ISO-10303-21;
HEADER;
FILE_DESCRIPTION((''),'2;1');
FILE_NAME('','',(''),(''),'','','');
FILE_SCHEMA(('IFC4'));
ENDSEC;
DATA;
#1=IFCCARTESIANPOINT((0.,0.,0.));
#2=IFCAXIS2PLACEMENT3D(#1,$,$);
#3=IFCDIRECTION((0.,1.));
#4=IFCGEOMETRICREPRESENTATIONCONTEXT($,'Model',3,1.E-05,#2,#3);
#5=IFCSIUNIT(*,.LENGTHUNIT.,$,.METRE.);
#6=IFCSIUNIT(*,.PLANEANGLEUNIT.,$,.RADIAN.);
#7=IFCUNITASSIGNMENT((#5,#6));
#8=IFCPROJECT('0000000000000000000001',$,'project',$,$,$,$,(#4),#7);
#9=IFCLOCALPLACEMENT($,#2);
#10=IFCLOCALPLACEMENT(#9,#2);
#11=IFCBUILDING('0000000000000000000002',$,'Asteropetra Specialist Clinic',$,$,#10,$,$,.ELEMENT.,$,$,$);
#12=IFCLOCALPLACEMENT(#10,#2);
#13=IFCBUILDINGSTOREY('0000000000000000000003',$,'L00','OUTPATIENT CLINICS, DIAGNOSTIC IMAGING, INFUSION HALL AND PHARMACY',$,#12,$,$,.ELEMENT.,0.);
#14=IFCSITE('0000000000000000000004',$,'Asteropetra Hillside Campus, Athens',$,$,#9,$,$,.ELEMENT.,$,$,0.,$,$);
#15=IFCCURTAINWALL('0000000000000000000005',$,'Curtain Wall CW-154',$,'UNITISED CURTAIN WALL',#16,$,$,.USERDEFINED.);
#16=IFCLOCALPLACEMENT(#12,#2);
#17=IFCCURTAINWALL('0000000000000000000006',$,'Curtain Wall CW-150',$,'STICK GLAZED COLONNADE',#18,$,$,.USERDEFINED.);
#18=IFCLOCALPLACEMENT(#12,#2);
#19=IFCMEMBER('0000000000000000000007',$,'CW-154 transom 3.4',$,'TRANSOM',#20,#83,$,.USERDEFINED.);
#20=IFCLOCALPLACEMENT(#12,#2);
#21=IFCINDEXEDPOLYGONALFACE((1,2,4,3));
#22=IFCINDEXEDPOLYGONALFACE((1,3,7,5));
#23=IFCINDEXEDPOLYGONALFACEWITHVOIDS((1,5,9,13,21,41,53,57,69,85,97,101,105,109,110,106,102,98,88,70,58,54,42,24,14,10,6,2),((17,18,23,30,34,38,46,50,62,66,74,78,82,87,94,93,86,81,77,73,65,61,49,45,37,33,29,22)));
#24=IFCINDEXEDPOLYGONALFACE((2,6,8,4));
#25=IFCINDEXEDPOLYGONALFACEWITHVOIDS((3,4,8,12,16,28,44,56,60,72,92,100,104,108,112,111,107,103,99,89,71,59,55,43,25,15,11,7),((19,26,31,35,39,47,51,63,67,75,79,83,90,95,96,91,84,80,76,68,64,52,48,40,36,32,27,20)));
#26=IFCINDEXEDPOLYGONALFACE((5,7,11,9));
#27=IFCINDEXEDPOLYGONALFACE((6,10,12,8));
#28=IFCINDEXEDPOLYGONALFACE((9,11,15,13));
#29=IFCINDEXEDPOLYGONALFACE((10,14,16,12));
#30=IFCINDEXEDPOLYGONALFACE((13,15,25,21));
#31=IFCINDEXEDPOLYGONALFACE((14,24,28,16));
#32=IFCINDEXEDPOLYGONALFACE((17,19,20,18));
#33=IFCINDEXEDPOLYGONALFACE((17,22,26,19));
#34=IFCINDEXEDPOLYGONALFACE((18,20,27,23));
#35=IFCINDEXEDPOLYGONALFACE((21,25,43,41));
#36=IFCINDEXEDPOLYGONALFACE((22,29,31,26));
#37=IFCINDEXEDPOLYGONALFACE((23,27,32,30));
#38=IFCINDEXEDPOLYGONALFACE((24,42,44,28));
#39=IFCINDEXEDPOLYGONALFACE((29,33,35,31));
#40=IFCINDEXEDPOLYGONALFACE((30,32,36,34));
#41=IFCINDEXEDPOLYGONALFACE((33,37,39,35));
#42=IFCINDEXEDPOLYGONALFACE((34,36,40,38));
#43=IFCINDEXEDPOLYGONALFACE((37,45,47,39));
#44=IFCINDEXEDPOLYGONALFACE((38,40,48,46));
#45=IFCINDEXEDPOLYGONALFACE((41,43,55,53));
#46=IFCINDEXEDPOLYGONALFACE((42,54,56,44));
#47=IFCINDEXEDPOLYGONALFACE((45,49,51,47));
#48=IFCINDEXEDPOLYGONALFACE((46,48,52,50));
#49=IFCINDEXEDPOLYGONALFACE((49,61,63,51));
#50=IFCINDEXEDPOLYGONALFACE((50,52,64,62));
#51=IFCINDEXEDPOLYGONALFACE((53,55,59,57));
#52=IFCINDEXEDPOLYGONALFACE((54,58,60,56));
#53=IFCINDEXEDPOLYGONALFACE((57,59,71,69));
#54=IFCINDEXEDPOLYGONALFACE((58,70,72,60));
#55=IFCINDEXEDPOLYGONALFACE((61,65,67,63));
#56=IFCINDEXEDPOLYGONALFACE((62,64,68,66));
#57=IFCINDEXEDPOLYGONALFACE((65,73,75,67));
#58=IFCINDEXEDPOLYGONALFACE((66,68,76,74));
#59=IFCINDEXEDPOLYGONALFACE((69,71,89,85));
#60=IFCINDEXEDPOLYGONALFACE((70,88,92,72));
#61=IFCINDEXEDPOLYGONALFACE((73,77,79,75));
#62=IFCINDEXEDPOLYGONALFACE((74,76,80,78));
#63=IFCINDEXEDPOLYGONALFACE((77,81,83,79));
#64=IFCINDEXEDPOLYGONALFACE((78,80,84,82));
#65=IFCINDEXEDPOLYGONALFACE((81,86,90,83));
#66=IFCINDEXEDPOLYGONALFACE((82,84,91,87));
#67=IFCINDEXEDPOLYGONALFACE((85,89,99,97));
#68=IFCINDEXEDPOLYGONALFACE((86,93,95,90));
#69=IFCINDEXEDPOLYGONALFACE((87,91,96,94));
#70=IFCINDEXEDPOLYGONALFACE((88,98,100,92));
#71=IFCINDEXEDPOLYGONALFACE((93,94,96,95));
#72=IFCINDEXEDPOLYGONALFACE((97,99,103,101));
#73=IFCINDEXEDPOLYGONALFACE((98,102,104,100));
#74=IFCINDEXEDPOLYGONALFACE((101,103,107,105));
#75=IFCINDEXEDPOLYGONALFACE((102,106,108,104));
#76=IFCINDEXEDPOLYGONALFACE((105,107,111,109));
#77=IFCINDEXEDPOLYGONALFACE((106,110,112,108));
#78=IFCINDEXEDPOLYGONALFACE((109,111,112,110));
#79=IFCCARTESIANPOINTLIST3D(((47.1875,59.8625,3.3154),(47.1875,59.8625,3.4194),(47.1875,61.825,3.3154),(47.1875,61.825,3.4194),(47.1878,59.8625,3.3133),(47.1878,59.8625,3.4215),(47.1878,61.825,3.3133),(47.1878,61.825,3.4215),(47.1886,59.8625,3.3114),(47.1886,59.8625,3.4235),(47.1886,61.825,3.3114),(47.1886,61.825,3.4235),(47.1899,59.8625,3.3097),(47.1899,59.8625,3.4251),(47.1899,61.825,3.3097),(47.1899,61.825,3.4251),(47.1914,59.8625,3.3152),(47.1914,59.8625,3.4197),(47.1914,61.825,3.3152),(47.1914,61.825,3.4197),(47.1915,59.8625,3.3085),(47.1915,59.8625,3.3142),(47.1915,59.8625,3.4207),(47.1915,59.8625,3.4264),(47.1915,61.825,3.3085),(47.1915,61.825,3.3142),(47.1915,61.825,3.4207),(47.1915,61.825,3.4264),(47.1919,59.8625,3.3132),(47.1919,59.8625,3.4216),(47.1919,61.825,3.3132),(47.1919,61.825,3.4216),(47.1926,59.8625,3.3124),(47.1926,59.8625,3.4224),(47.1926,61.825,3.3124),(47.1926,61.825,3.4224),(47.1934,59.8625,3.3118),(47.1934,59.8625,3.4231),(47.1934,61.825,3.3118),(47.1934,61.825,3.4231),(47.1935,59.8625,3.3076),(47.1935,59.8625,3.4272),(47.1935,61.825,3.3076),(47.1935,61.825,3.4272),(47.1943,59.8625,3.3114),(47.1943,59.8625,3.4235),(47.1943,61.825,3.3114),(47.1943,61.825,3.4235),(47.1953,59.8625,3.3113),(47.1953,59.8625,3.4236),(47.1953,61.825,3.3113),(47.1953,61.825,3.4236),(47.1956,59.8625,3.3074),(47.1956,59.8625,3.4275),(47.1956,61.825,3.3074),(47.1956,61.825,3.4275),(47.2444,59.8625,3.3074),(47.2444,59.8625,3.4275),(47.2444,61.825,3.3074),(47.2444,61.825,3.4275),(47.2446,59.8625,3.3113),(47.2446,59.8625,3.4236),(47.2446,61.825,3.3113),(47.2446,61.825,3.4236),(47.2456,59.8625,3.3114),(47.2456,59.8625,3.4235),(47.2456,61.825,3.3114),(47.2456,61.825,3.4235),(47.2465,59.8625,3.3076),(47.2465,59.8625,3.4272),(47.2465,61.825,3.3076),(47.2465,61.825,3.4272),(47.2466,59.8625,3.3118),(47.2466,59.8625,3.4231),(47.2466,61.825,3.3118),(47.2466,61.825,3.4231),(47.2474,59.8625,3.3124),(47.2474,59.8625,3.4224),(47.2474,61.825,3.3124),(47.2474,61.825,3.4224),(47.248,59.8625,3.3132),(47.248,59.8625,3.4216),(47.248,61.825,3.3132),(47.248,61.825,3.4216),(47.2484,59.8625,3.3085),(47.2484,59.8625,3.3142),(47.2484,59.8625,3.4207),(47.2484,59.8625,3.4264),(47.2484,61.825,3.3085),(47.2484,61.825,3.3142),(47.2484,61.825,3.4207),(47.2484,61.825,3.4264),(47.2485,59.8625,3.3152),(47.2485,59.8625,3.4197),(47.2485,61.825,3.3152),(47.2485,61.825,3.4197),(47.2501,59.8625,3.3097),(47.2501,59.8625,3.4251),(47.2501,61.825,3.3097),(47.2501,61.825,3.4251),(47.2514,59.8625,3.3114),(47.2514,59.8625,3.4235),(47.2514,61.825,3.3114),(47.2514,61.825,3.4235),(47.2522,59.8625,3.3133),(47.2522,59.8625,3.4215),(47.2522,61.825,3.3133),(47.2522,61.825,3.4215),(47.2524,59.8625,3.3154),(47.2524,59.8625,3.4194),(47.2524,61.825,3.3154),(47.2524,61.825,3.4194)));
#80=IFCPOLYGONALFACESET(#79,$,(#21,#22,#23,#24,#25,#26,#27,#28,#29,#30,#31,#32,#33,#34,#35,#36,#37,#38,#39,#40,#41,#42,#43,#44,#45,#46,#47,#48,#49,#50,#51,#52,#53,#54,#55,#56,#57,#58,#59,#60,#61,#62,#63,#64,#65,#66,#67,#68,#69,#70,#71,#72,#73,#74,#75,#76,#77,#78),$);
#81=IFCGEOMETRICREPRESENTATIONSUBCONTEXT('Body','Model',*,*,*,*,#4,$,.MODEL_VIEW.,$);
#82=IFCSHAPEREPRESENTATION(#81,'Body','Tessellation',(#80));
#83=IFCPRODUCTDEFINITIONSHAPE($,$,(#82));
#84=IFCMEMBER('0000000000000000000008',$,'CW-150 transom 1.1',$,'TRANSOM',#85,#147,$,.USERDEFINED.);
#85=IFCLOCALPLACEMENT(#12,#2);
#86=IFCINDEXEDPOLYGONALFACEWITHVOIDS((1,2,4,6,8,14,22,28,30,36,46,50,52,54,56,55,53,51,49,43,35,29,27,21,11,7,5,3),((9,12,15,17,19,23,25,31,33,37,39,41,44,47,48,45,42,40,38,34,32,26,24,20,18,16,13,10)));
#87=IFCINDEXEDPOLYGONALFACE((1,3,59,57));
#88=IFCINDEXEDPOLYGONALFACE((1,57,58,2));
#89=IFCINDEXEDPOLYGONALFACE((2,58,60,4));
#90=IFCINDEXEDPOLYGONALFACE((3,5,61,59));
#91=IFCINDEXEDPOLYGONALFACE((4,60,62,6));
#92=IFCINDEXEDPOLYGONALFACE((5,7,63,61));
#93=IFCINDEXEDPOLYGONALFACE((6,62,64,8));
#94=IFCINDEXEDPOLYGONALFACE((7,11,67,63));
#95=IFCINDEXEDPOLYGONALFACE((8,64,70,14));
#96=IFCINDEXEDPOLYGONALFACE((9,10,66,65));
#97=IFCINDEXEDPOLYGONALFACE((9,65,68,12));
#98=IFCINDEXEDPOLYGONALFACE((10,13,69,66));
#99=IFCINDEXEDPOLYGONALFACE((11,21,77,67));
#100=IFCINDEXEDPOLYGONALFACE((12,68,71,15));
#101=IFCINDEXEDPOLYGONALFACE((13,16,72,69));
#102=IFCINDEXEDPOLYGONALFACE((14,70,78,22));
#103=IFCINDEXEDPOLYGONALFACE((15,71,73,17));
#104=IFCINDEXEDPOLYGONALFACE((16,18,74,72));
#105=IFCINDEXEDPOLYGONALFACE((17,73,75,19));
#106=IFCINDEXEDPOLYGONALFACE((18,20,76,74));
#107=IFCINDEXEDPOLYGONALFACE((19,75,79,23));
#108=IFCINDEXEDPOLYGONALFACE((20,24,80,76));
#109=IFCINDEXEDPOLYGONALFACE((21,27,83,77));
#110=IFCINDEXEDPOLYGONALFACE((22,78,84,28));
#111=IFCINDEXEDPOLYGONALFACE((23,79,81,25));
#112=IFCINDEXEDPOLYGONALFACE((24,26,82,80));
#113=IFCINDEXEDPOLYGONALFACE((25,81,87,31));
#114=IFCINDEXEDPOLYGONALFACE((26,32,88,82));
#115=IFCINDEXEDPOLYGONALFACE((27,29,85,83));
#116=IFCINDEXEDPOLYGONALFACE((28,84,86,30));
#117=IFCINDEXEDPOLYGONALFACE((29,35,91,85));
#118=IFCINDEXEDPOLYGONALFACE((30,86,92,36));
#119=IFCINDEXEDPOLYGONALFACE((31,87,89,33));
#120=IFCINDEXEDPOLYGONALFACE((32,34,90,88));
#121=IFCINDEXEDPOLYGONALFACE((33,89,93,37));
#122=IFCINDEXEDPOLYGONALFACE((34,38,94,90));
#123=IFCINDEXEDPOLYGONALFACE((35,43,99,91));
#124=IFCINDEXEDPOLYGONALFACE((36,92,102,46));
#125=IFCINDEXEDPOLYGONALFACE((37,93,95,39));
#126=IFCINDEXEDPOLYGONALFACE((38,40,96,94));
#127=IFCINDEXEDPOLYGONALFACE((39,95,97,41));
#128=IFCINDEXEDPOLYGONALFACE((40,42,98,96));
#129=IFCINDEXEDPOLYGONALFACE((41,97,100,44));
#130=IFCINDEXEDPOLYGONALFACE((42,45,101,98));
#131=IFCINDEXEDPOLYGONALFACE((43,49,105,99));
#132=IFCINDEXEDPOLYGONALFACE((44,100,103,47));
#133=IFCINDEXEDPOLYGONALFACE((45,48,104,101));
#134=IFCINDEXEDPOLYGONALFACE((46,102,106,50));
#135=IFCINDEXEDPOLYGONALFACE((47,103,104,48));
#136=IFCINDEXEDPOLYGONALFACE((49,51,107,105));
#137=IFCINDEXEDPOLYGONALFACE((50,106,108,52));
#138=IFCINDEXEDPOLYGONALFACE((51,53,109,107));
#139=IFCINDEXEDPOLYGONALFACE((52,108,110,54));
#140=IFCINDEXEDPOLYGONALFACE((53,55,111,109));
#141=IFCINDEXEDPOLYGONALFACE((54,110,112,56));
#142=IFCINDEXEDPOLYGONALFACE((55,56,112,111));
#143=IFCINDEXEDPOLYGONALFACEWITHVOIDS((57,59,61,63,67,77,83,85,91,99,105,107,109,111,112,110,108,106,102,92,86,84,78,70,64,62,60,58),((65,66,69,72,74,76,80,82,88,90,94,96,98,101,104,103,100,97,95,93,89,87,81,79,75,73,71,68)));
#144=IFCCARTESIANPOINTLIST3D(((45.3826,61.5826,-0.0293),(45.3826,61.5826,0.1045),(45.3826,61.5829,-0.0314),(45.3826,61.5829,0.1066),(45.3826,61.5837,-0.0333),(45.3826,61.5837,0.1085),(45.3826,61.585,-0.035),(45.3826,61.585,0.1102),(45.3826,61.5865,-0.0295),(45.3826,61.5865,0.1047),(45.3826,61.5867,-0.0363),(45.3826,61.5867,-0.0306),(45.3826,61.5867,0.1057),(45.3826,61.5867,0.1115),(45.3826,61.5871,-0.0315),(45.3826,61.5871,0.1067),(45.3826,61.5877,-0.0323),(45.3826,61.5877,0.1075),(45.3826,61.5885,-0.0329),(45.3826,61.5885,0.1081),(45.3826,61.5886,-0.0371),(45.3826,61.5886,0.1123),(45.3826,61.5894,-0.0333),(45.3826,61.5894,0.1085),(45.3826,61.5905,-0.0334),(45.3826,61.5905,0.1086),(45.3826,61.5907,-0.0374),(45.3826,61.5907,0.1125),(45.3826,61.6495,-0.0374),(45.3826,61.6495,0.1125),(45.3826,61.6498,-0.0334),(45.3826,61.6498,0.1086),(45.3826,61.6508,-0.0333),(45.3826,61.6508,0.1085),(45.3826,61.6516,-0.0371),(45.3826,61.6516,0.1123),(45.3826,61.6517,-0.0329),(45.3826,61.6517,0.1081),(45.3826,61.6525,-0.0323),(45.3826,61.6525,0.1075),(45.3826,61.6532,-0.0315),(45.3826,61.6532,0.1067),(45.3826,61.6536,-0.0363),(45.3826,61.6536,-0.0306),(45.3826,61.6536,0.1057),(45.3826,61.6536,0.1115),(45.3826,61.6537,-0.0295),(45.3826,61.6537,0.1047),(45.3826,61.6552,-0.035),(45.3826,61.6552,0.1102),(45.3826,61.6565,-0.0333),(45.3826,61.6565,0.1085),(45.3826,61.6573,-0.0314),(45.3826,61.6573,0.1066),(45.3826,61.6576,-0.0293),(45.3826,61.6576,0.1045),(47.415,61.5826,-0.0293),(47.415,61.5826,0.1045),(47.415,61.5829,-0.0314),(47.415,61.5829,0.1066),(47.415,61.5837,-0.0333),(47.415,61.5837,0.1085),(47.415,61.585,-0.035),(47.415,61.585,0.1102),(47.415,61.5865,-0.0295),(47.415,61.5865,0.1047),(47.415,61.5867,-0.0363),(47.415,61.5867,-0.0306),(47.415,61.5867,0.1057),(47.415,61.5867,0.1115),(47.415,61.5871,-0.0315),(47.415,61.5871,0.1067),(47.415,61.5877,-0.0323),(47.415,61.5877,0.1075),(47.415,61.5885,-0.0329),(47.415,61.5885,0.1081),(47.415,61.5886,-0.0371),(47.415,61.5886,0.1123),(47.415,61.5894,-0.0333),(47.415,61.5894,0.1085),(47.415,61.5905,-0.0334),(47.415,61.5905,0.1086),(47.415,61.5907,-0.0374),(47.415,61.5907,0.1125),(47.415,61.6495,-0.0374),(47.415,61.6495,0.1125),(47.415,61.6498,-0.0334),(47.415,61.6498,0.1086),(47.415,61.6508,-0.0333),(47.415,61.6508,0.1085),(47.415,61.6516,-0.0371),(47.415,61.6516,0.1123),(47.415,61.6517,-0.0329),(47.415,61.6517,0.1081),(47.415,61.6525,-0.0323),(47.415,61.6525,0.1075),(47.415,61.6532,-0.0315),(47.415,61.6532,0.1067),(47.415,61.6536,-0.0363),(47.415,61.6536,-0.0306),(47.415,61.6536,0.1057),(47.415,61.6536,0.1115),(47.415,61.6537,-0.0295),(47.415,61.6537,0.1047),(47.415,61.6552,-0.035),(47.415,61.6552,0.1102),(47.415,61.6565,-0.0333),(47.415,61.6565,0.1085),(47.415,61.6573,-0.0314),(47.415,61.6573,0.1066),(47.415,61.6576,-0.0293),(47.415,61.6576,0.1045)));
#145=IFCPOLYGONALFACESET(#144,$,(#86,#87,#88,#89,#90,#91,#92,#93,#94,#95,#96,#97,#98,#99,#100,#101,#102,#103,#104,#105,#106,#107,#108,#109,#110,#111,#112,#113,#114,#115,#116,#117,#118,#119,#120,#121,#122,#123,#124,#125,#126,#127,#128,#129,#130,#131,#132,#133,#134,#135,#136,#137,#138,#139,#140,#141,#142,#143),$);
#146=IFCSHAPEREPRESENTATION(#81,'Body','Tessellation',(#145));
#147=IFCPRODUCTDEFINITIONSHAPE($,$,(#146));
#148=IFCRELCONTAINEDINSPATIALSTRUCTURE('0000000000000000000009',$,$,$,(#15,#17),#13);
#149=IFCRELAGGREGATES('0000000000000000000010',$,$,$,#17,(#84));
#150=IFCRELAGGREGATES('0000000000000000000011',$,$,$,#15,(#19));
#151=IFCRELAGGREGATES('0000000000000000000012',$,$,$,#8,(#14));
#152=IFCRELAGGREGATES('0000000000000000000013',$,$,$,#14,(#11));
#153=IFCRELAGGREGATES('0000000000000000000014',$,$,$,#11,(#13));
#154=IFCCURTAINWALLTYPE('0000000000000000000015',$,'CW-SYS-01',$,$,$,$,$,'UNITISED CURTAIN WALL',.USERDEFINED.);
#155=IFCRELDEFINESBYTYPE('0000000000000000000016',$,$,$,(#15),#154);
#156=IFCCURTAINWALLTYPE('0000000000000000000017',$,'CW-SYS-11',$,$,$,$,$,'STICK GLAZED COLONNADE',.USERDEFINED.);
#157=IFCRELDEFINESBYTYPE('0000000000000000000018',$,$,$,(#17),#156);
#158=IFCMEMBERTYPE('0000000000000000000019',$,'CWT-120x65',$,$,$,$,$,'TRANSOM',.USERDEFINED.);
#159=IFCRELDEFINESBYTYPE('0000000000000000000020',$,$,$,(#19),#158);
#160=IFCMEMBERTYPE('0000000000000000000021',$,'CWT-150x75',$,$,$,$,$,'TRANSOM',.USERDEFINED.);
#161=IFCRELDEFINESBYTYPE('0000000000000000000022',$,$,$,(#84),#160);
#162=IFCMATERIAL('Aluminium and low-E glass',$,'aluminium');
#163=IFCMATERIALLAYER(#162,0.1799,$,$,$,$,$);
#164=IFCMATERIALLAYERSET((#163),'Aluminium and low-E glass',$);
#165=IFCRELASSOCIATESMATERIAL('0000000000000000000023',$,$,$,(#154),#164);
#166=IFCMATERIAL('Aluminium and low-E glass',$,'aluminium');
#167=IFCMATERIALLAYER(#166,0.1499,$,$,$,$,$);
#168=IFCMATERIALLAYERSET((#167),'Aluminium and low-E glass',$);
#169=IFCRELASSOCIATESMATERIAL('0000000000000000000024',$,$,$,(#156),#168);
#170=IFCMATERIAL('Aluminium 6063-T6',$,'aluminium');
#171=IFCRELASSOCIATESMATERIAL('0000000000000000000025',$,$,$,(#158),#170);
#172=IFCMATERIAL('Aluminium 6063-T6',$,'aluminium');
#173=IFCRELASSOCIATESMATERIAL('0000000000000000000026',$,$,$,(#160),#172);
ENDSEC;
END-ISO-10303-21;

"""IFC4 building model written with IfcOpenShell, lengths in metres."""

from ifc_helpers import new_model, si_unit, direction, frame, origin, origin_2d, place, context, subcontext, project, spatial, hollow_rectangle, extrude, material, layer, layer_set, material_profile, profile_set, type_object, element, aggregate, save


model = new_model("IFC4")

# Units and contexts
model_context = context("Model", 3, precision=1e-05, world=origin(), true_north=direction((0.0, 1.0)))
body_context = subcontext(model_context, "Body", "Model", "MODEL_VIEW")
ifc_project = project(units=[si_unit("LENGTHUNIT", "METRE"), si_unit("PLANEANGLEUNIT", "RADIAN")], contexts=[model_context])

# Site, building, storey
site_placement = place(None, origin())
site = spatial("IfcSite", under=ifc_project, at=site_placement, Name="Asteropetra Hillside Campus, Athens", CompositionType="ELEMENT", RefElevation=0.0)
building_placement = place(site_placement, origin())
building = spatial("IfcBuilding", under=site, at=building_placement, Name="Asteropetra Specialist Clinic", CompositionType="ELEMENT")
storey_placement = place(building_placement, origin())
storey = spatial("IfcBuildingStorey", under=building, at=storey_placement, Name="L00", Description="OUTPATIENT CLINICS, DIAGNOSTIC IMAGING, INFUSION HALL AND PHARMACY", CompositionType="ELEMENT", Elevation=0.0)

# Curtain wall
ifc_material_1 = material(Name="Aluminium and low-E glass", Category="aluminium")
ifc_layer_1 = layer(ifc_material_1, 0.1799)
ifc_layer_set_1 = layer_set([ifc_layer_1], Name="Aluminium and low-E glass")
curtain_wall_type_1 = type_object("IfcCurtainWallType", Name="CW-SYS-01", ElementType="UNITISED CURTAIN WALL", PredefinedType="USERDEFINED", material=ifc_layer_set_1)
curtain_wall_1_placement = place(storey_placement, origin())
curtain_wall_1 = element("IfcCurtainWall", 1, at=curtain_wall_1_placement, inside=storey, type_object=curtain_wall_type_1, Name="Curtain Wall CW-154", ObjectType="UNITISED CURTAIN WALL", PredefinedType="USERDEFINED")

# Curtain wall
ifc_material_2 = material(Name="Aluminium and low-E glass", Category="aluminium")
ifc_layer_2 = layer(ifc_material_2, 0.1499)
ifc_layer_set_2 = layer_set([ifc_layer_2], Name="Aluminium and low-E glass")
curtain_wall_type_2 = type_object("IfcCurtainWallType", Name="CW-SYS-11", ElementType="STICK GLAZED COLONNADE", PredefinedType="USERDEFINED", material=ifc_layer_set_2)
curtain_wall_2_placement = place(storey_placement, origin())
curtain_wall_2 = element("IfcCurtainWall", 2, at=curtain_wall_2_placement, inside=storey, type_object=curtain_wall_type_2, Name="Curtain Wall CW-150", ObjectType="STICK GLAZED COLONNADE", PredefinedType="USERDEFINED")

# Members
ifc_material_3 = material(Name="Aluminium 6063-T6", Category="aluminium")
ifc_material_profile_1 = material_profile(ifc_material_3, hollow_rectangle(XDim=0.0649, YDim=0.1201, WallThickness=0.0039, InnerFilletRadius=0.0039, OuterFilletRadius=0.0081, at=origin_2d()), Name="TRN 120x65x4.0")
ifc_profile_set_1 = profile_set([ifc_material_profile_1], Name="Aluminium 6063-T6")
member_type_1 = type_object("IfcMemberType", Name="CWT-120x65", ElementType="TRANSOM", PredefinedType="USERDEFINED", material=ifc_profile_set_1)
member_1_placement = place(storey_placement, frame((47.22, 59.8625, 3.3674), z_axis=(0.0, 1.0, 0.0), x_axis=(-1.0, 0.0, 0.0)))
member_1 = element("IfcMember", 3, at=member_1_placement, type_object=member_type_1, Name="CW-154 transom 3.4", ObjectType="TRANSOM", PredefinedType="USERDEFINED", context=body_context, shape_type="SweptSolid", body=[
    extrude(hollow_rectangle(XDim=0.0649, YDim=0.1201, WallThickness=0.0039, InnerFilletRadius=0.0039, OuterFilletRadius=0.0081, at=origin_2d()), origin(), (0.0, 0.0, 1.0), 1.9624),
])
ifc_material_4 = material(Name="Aluminium 6063-T6", Category="aluminium")
ifc_material_profile_2 = material_profile(ifc_material_4, hollow_rectangle(XDim=0.075, YDim=0.1499, WallThickness=0.0039, InnerFilletRadius=0.0039, OuterFilletRadius=0.0081, at=origin_2d()), Name="TRN 150x75x4.0")
ifc_profile_set_2 = profile_set([ifc_material_profile_2], Name="Aluminium 6063-T6")
member_type_2 = type_object("IfcMemberType", Name="CWT-150x75", ElementType="TRANSOM", PredefinedType="USERDEFINED", material=ifc_profile_set_2)
member_2_placement = place(storey_placement, frame((47.415, 61.6201, 0.0376), z_axis=(-1.0, 0.0, 0.0), x_axis=(0.0, -1.0, 0.0)))
member_2 = element("IfcMember", 4, at=member_2_placement, type_object=member_type_2, Name="CW-150 transom 1.1", ObjectType="TRANSOM", PredefinedType="USERDEFINED", context=body_context, shape_type="SweptSolid", body=[
    extrude(hollow_rectangle(XDim=0.075, YDim=0.1499, WallThickness=0.0039, InnerFilletRadius=0.0039, OuterFilletRadius=0.0081, at=origin_2d()), origin(), (0.0, 0.0, 1.0), 2.0325),
])
aggregate(curtain_wall_2, [member_2])

aggregate(curtain_wall_1, [member_1])

save(model, "model.ifc")
